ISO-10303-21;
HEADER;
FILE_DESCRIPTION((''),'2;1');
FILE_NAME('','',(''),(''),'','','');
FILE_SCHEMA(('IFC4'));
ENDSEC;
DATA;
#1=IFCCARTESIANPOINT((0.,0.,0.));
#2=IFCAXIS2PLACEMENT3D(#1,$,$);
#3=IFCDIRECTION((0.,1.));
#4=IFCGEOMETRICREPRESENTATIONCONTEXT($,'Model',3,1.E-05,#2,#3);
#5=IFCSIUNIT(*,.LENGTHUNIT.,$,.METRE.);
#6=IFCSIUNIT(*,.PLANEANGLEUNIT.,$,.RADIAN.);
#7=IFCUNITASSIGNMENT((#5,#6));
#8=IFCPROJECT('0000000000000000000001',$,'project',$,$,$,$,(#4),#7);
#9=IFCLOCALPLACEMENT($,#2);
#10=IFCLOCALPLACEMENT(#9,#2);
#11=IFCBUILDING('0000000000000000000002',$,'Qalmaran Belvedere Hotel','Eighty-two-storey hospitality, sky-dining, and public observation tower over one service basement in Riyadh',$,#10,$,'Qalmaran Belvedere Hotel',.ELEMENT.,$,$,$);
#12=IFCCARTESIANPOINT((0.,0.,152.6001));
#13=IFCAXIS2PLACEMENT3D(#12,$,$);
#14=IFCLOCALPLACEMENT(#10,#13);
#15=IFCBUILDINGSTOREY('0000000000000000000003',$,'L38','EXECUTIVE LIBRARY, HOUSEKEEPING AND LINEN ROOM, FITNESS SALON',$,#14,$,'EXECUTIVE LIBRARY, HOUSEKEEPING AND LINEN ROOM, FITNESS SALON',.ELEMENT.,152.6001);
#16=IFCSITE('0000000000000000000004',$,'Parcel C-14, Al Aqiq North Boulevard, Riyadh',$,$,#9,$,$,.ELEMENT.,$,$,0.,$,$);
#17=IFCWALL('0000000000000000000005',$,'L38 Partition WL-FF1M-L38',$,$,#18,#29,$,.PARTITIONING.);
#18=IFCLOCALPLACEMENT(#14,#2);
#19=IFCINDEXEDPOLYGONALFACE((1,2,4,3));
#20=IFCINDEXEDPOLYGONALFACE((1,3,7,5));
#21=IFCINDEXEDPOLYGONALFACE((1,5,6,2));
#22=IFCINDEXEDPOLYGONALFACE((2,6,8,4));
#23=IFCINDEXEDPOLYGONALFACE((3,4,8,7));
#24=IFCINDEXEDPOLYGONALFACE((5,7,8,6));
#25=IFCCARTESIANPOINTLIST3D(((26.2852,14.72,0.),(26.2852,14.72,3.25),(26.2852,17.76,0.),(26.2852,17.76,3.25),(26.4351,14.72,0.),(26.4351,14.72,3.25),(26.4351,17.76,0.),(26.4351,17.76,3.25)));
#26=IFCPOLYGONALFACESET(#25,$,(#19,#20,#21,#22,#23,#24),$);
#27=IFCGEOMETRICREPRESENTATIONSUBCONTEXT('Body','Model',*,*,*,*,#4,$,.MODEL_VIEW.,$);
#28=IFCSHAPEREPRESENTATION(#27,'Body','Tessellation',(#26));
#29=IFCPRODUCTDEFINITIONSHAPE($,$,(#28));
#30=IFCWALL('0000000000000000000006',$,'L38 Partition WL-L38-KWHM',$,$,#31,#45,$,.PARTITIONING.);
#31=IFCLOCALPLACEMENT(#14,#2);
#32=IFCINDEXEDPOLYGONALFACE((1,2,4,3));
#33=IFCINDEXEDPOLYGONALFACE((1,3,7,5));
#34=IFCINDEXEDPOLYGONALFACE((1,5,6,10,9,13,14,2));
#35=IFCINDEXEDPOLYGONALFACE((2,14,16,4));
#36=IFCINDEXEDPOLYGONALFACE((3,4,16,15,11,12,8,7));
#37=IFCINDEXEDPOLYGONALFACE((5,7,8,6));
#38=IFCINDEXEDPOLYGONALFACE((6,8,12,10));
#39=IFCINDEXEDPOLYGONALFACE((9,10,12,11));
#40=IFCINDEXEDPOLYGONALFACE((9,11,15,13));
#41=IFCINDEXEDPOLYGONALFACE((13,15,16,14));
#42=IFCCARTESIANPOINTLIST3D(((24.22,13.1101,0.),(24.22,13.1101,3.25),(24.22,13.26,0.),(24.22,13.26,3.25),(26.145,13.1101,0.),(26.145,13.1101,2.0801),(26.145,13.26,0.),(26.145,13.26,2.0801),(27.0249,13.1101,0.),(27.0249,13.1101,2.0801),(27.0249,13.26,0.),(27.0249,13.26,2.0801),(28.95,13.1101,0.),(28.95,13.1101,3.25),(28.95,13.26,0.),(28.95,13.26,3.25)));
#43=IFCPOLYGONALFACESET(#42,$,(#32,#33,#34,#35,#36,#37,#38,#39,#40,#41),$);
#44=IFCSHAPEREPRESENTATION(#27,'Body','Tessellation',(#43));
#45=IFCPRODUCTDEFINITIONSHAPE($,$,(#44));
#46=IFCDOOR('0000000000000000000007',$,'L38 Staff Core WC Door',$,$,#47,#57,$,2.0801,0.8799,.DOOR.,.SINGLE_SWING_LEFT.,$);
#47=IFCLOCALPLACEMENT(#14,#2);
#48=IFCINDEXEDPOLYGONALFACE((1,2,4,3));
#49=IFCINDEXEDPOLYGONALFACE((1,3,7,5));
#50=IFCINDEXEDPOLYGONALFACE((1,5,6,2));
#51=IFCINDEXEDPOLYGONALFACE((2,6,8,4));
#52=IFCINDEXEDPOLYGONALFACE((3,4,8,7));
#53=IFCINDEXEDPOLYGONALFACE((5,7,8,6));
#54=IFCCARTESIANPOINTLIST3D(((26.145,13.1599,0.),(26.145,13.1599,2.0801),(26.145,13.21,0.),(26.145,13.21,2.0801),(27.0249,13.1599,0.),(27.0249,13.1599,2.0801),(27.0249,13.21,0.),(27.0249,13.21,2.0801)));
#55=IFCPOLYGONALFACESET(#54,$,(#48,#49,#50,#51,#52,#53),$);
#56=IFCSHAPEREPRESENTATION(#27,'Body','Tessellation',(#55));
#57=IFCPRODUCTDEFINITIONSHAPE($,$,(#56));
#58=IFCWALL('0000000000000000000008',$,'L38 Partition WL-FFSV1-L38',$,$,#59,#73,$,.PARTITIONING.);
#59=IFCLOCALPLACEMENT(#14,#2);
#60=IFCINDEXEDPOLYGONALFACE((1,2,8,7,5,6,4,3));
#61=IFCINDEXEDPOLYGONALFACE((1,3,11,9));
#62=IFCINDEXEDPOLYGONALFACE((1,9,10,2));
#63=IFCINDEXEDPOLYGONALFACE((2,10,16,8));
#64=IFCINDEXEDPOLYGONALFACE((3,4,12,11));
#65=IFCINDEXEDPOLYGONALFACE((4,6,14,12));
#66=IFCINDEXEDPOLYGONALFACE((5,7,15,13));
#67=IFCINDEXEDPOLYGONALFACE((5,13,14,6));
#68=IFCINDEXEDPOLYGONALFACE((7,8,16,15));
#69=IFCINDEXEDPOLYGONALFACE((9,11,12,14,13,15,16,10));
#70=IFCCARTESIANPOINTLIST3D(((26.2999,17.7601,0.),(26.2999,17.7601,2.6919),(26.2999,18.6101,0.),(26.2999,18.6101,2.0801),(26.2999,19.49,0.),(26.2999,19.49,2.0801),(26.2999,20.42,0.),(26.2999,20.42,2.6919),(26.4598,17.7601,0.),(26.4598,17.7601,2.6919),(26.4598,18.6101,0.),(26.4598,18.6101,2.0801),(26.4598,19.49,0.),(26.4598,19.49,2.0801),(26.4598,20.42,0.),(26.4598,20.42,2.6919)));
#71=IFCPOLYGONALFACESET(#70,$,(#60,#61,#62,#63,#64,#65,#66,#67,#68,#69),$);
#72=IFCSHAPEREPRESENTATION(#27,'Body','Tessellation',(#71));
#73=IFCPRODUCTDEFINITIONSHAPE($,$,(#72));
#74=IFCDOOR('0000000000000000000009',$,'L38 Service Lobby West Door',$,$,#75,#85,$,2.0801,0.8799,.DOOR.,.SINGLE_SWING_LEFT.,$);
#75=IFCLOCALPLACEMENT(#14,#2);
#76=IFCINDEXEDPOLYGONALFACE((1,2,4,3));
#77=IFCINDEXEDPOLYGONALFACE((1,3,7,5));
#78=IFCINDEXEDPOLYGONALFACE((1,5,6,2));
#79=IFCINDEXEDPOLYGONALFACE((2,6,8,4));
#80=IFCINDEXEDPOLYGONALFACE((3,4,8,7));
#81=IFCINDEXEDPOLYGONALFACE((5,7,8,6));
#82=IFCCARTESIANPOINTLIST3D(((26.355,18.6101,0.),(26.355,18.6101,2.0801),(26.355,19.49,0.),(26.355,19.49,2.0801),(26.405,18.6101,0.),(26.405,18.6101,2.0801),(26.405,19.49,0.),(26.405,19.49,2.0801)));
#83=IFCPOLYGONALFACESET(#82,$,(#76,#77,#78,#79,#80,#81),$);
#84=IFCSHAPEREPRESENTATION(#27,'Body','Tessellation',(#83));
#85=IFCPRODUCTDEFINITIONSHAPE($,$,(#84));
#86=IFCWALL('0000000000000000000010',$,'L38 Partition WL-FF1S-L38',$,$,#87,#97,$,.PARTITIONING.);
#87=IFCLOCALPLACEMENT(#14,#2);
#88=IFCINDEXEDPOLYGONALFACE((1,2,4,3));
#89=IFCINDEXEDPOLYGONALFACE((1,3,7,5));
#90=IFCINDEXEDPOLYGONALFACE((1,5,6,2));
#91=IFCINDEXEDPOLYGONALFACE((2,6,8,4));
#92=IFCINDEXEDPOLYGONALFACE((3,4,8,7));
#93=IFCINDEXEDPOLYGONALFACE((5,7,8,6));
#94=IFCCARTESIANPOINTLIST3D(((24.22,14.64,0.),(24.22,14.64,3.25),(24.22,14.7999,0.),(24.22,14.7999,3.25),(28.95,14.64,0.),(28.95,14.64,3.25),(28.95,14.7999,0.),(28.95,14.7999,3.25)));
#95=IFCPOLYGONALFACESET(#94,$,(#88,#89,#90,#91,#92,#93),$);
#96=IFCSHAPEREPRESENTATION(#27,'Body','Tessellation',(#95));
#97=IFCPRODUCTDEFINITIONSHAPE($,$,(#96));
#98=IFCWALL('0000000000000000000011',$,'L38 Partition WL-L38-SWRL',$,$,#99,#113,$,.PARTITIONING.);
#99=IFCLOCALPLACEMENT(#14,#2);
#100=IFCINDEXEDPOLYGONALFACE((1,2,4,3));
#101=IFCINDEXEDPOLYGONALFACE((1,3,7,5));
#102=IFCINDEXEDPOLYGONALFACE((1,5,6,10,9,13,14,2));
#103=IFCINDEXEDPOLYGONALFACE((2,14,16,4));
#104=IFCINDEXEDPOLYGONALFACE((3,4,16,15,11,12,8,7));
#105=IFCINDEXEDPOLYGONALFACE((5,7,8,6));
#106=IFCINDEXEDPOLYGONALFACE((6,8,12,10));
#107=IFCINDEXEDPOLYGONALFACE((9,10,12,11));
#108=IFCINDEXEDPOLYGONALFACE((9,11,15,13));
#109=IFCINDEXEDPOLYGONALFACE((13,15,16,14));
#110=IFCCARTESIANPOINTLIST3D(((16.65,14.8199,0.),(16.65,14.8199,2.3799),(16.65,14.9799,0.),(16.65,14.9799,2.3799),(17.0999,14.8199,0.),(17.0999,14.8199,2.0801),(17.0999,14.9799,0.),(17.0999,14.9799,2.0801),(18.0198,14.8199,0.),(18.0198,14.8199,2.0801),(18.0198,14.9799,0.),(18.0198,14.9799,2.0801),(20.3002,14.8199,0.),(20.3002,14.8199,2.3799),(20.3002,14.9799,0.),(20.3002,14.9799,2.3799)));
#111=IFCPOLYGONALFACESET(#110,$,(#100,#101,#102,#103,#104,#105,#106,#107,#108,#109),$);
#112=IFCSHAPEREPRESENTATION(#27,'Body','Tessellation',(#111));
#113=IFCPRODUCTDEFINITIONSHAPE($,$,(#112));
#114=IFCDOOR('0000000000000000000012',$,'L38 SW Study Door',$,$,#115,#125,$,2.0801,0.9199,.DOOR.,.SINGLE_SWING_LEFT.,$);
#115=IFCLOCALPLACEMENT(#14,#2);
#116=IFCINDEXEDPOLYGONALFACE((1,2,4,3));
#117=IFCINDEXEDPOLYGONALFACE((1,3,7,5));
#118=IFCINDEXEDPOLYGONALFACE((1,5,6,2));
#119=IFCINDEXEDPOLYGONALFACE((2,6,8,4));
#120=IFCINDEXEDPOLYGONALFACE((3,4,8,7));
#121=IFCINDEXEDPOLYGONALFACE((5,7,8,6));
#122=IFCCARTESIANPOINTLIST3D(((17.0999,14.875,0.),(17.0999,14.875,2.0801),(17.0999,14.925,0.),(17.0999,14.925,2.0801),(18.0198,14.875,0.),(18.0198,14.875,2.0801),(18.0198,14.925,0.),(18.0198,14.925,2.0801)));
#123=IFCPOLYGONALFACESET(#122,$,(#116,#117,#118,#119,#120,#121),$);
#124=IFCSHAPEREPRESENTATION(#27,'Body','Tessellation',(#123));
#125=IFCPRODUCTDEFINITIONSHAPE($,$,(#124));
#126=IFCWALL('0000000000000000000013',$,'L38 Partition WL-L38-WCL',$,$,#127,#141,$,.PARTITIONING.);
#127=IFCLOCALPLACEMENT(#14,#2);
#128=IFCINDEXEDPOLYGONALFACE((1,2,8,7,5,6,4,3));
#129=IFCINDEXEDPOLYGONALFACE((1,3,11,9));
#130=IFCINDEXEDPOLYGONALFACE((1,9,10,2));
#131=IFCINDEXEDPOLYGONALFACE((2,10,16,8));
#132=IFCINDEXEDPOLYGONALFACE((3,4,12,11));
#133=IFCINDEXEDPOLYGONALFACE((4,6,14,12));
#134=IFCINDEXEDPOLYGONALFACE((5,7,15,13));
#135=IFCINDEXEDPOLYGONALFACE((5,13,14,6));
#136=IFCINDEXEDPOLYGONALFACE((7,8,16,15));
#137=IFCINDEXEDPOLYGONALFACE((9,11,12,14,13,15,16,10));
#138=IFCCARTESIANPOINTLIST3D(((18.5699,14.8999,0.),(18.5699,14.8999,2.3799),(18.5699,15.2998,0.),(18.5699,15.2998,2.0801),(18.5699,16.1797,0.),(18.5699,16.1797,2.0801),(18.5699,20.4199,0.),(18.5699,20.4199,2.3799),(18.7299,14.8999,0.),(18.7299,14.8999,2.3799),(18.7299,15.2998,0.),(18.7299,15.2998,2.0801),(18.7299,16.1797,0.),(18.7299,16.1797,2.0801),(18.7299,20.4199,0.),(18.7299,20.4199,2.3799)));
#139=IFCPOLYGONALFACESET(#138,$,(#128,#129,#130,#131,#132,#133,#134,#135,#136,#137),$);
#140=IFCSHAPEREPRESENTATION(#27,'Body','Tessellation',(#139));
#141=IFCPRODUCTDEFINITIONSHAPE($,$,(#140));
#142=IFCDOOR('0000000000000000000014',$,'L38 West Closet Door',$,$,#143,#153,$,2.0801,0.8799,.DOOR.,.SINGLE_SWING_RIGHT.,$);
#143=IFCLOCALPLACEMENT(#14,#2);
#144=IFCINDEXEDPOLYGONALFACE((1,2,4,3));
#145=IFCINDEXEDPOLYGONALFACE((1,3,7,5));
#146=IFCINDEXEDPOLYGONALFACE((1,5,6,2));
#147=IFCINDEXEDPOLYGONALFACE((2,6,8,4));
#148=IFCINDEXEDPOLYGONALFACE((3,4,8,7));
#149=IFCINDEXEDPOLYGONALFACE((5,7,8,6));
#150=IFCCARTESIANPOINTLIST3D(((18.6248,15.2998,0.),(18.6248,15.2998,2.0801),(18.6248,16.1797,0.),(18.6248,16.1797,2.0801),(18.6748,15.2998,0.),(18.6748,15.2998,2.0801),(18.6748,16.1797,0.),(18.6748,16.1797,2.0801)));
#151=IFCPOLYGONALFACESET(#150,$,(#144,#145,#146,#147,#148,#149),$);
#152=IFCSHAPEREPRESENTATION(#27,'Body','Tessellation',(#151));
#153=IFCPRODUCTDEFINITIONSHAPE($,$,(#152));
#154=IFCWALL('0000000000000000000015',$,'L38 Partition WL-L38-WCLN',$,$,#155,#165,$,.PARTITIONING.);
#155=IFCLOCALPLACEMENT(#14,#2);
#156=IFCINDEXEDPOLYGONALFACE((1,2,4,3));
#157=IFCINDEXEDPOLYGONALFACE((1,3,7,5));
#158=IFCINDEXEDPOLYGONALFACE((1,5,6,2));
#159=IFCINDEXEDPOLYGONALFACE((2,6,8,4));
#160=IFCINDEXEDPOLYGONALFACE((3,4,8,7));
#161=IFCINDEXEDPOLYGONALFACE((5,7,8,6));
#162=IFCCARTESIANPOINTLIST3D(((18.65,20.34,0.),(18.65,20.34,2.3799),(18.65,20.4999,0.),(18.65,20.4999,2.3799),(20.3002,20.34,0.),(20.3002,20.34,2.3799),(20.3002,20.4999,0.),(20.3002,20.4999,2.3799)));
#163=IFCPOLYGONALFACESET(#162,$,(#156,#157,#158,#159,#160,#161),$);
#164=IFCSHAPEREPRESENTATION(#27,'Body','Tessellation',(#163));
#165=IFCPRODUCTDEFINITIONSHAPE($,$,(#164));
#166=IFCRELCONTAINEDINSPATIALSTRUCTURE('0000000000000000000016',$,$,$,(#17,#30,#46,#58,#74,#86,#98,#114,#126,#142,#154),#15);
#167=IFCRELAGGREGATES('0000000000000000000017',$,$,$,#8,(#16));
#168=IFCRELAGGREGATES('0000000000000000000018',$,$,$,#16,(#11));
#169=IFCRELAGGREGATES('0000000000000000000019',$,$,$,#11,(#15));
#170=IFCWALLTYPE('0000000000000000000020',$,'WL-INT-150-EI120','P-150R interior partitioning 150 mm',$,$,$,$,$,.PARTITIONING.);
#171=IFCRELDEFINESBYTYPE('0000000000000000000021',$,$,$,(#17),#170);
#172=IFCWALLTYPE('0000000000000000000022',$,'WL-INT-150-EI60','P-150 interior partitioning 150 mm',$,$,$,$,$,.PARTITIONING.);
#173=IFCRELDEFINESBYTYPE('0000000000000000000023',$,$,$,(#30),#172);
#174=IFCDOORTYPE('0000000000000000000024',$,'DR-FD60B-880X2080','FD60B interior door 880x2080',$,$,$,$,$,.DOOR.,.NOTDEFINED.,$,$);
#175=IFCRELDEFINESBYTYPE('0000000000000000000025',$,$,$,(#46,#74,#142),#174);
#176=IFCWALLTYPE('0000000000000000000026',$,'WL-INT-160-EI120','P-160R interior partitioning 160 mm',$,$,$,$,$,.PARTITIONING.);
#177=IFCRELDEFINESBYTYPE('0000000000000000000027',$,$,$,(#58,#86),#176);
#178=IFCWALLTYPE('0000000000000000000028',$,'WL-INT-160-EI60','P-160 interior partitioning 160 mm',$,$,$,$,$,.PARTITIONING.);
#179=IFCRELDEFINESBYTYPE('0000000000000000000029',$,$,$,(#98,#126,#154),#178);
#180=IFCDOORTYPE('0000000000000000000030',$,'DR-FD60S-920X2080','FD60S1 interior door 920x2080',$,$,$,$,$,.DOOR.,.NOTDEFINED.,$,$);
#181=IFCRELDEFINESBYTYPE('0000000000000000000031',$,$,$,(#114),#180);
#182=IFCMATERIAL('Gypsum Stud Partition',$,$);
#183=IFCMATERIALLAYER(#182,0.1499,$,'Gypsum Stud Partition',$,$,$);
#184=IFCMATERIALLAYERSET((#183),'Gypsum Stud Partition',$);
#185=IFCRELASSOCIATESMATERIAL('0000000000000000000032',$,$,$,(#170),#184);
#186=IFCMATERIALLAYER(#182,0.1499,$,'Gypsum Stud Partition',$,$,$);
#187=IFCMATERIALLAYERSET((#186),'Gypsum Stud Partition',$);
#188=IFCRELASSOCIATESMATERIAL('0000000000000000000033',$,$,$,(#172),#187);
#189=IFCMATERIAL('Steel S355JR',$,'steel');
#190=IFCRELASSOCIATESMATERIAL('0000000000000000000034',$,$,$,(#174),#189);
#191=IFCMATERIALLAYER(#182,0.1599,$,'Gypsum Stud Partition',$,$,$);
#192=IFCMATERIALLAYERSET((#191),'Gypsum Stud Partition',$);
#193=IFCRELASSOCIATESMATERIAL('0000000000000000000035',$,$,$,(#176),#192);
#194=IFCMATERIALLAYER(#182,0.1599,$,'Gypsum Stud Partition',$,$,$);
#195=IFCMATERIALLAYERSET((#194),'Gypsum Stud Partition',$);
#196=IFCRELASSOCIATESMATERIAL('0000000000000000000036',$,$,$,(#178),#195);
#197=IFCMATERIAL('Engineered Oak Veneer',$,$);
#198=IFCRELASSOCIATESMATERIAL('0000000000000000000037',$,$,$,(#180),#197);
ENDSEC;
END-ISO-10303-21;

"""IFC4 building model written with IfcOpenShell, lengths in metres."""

from ifc_helpers import new_model, si_unit, direction, frame, frame_2d, origin, place, context, subcontext, project, spatial, rectangle, extrude, material, layer, layer_set, type_object, element, fill, save


model = new_model("IFC4")

# Units and contexts
model_context = context("Model", 3, precision=1e-05, world=origin(), true_north=direction((0.0, 1.0)))
body_context = subcontext(model_context, "Body", "Model", "MODEL_VIEW")
ifc_project = project(units=[si_unit("LENGTHUNIT", "METRE"), si_unit("PLANEANGLEUNIT", "RADIAN")], contexts=[model_context])

# Site, building, storey
site_placement = place(None, origin())
site = spatial("IfcSite", under=ifc_project, at=site_placement, Name="Parcel C-14, Al Aqiq North Boulevard, Riyadh", CompositionType="ELEMENT", RefElevation=0.0)
building_placement = place(site_placement, origin())
building = spatial("IfcBuilding", under=site, at=building_placement, Name="Qalmaran Belvedere Hotel", Description="Eighty-two-storey hospitality, sky-dining, and public observation tower over one service basement in Riyadh", LongName="Qalmaran Belvedere Hotel", CompositionType="ELEMENT")
storey_placement = place(building_placement, frame((0.0, 0.0, 152.6001)))
storey = spatial("IfcBuildingStorey", under=building, at=storey_placement, Name="L38", Description="EXECUTIVE LIBRARY, HOUSEKEEPING AND LINEN ROOM, FITNESS SALON", LongName="EXECUTIVE LIBRARY, HOUSEKEEPING AND LINEN ROOM, FITNESS SALON", CompositionType="ELEMENT", Elevation=152.6001)

# Wall
ifc_material_1 = material(Name="Gypsum Stud Partition")
ifc_layer_1 = layer(ifc_material_1, 0.1499, Name="Gypsum Stud Partition")
ifc_layer_set_1 = layer_set([ifc_layer_1], Name="Gypsum Stud Partition")
wall_type_1 = type_object("IfcWallType", Name="WL-INT-150-EI120", Description="P-150R interior partitioning 150 mm", PredefinedType="PARTITIONING", material=ifc_layer_set_1)
wall_1_placement = place(storey_placement, frame((26.3601, 14.72, 0.0), z_axis=(0.0, 0.0, 1.0), x_axis=(0.0, 1.0, 0.0)))
element("IfcWall", 1, at=wall_1_placement, inside=storey, type_object=wall_type_1, Name="L38 Partition WL-FF1M-L38", PredefinedType="PARTITIONING", context=body_context, shape_type="SweptSolid", body=[
    extrude(rectangle(XDim=3.04, YDim=0.1499, at=frame_2d((1.52, 0.0))), origin(), (0.0, 0.0, 1.0), 3.25),
])

# Walls, openings, doors
ifc_layer_2 = layer(ifc_material_1, 0.1499, Name="Gypsum Stud Partition")
ifc_layer_set_2 = layer_set([ifc_layer_2], Name="Gypsum Stud Partition")
wall_type_2 = type_object("IfcWallType", Name="WL-INT-150-EI60", Description="P-150 interior partitioning 150 mm", PredefinedType="PARTITIONING", material=ifc_layer_set_2)
wall_2_placement = place(storey_placement, frame((24.22, 13.1851, 0.0), z_axis=(0.0, 0.0, 1.0), x_axis=(1.0, 0.0, 0.0)))
wall_2 = element("IfcWall", 2, at=wall_2_placement, inside=storey, type_object=wall_type_2, Name="L38 Partition WL-L38-KWHM", PredefinedType="PARTITIONING", context=body_context, shape_type="SweptSolid", body=[
    extrude(rectangle(XDim=4.73, YDim=0.1499, at=frame_2d((2.365, 0.0))), origin(), (0.0, 0.0, 1.0), 3.25),
])
opening_1_placement = place(wall_2_placement, frame((1.925, 0.0, 0.0)))
opening_1 = element("IfcOpeningElement", 3, at=opening_1_placement, cuts=wall_2, PredefinedType="OPENING", context=body_context, shape_type="SweptSolid", body=[
    extrude(rectangle(XDim=0.8799, YDim=2.0801, at=frame_2d((0.4399, 1.04))), frame((0.0, 0.085, 0.0), z_axis=(0.0, -1.0, 0.0), x_axis=(1.0, 0.0, 0.0)), (0.0, 0.0, 1.0), 0.1699),
])
ifc_material_2 = material(Name="Steel S355JR", Category="steel")
door_type_1 = type_object("IfcDoorType", Name="DR-FD60B-880X2080", Description="FD60B interior door 880x2080", OperationType="NOTDEFINED", PredefinedType="DOOR", material=ifc_material_2)
door_1_placement = place(opening_1_placement, origin())
door_1 = element("IfcDoor", 4, at=door_1_placement, inside=storey, type_object=door_type_1, Name="L38 Staff Core WC Door", OperationType="SINGLE_SWING_LEFT", OverallHeight=2.0801, OverallWidth=0.8799, PredefinedType="DOOR", context=body_context, shape_type="SweptSolid", body=[
    extrude(rectangle(XDim=0.8799, YDim=2.0801, at=frame_2d((0.4399, 1.04))), frame((0.0, 0.0249, 0.0), z_axis=(0.0, -1.0, 0.0), x_axis=(1.0, 0.0, 0.0)), (0.0, 0.0, 1.0), 0.05),
])
fill(opening_1, door_1)
ifc_layer_3 = layer(ifc_material_1, 0.1599, Name="Gypsum Stud Partition")
ifc_layer_set_3 = layer_set([ifc_layer_3], Name="Gypsum Stud Partition")
wall_type_3 = type_object("IfcWallType", Name="WL-INT-160-EI120", Description="P-160R interior partitioning 160 mm", PredefinedType="PARTITIONING", material=ifc_layer_set_3)
wall_3_placement = place(storey_placement, frame((26.3799, 17.76, 0.0), z_axis=(0.0, 0.0, 1.0), x_axis=(0.0, 1.0, 0.0)))
wall_3 = element("IfcWall", 5, at=wall_3_placement, inside=storey, type_object=wall_type_3, Name="L38 Partition WL-FFSV1-L38", PredefinedType="PARTITIONING", context=body_context, shape_type="SweptSolid", body=[
    extrude(rectangle(XDim=2.6599, YDim=0.1599, at=frame_2d((1.3301, 0.0))), origin(), (0.0, 0.0, 1.0), 2.6919),
])
opening_2_placement = place(wall_3_placement, frame((0.8501, 0.0, 0.0)))
opening_2 = element("IfcOpeningElement", 6, at=opening_2_placement, cuts=wall_3, PredefinedType="OPENING", context=body_context, shape_type="SweptSolid", body=[
    extrude(rectangle(XDim=0.8799, YDim=2.0801, at=frame_2d((0.4399, 1.04))), frame((0.0, 0.0898, 0.0), z_axis=(0.0, -1.0, 0.0), x_axis=(1.0, 0.0, 0.0)), (0.0, 0.0, 1.0), 0.1799),
])
door_2_placement = place(opening_2_placement, origin())
door_2 = element("IfcDoor", 7, at=door_2_placement, inside=storey, type_object=door_type_1, Name="L38 Service Lobby West Door", OperationType="SINGLE_SWING_LEFT", OverallHeight=2.0801, OverallWidth=0.8799, PredefinedType="DOOR", context=body_context, shape_type="SweptSolid", body=[
    extrude(rectangle(XDim=0.8799, YDim=2.0801, at=frame_2d((0.4399, 1.04))), frame((0.0, 0.0249, 0.0), z_axis=(0.0, -1.0, 0.0), x_axis=(1.0, 0.0, 0.0)), (0.0, 0.0, 1.0), 0.05),
])
fill(opening_2, door_2)

# Wall
wall_4_placement = place(storey_placement, frame((24.22, 14.72, 0.0), z_axis=(0.0, 0.0, 1.0), x_axis=(1.0, 0.0, 0.0)))
element("IfcWall", 8, at=wall_4_placement, inside=storey, type_object=wall_type_3, Name="L38 Partition WL-FF1S-L38", PredefinedType="PARTITIONING", context=body_context, shape_type="SweptSolid", body=[
    extrude(rectangle(XDim=4.73, YDim=0.1599, at=frame_2d((2.365, 0.0))), origin(), (0.0, 0.0, 1.0), 3.25),
])

# Walls, openings, doors
ifc_layer_4 = layer(ifc_material_1, 0.1599, Name="Gypsum Stud Partition")
ifc_layer_set_4 = layer_set([ifc_layer_4], Name="Gypsum Stud Partition")
wall_type_4 = type_object("IfcWallType", Name="WL-INT-160-EI60", Description="P-160 interior partitioning 160 mm", PredefinedType="PARTITIONING", material=ifc_layer_set_4)
wall_5_placement = place(storey_placement, frame((16.6499, 14.8999, 0.0), z_axis=(0.0, 0.0, 1.0), x_axis=(1.0, 0.0, 0.0)))
wall_5 = element("IfcWall", 9, at=wall_5_placement, inside=storey, type_object=wall_type_4, Name="L38 Partition WL-L38-SWRL", PredefinedType="PARTITIONING", context=body_context, shape_type="SweptSolid", body=[
    extrude(rectangle(XDim=3.6501, YDim=0.1599, at=frame_2d((1.8252, 0.0))), origin(), (0.0, 0.0, 1.0), 2.3799),
])
opening_3_placement = place(wall_5_placement, frame((1.3699, 0.0, 0.0), z_axis=(0.0, 0.0, 1.0), x_axis=(-1.0, 0.0, 0.0)))
opening_3 = element("IfcOpeningElement", 10, at=opening_3_placement, cuts=wall_5, PredefinedType="OPENING", context=body_context, shape_type="SweptSolid", body=[
    extrude(rectangle(XDim=0.9199, YDim=2.0801, at=frame_2d((0.46, 1.04))), frame((0.0, 0.0898, 0.0), z_axis=(0.0, -1.0, 0.0), x_axis=(1.0, 0.0, 0.0)), (0.0, 0.0, 1.0), 0.1799),
])
ifc_material_3 = material(Name="Engineered Oak Veneer")
door_type_2 = type_object("IfcDoorType", Name="DR-FD60S-920X2080", Description="FD60S1 interior door 920x2080", OperationType="NOTDEFINED", PredefinedType="DOOR", material=ifc_material_3)
door_3_placement = place(opening_3_placement, origin())
door_3 = element("IfcDoor", 11, at=door_3_placement, inside=storey, type_object=door_type_2, Name="L38 SW Study Door", OperationType="SINGLE_SWING_LEFT", OverallHeight=2.0801, OverallWidth=0.9199, PredefinedType="DOOR", context=body_context, shape_type="SweptSolid", body=[
    extrude(rectangle(XDim=0.9199, YDim=2.0801, at=frame_2d((0.46, 1.04))), frame((0.0, 0.0249, 0.0), z_axis=(0.0, -1.0, 0.0), x_axis=(1.0, 0.0, 0.0)), (0.0, 0.0, 1.0), 0.05),
])
fill(opening_3, door_3)
wall_6_placement = place(storey_placement, frame((18.6499, 14.8999, 0.0), z_axis=(0.0, 0.0, 1.0), x_axis=(0.0, 1.0, 0.0)))
wall_6 = element("IfcWall", 12, at=wall_6_placement, inside=storey, type_object=wall_type_4, Name="L38 Partition WL-L38-WCL", PredefinedType="PARTITIONING", context=body_context, shape_type="SweptSolid", body=[
    extrude(rectangle(XDim=5.52, YDim=0.1599, at=frame_2d((2.76, 0.0))), origin(), (0.0, 0.0, 1.0), 2.3799),
])
opening_4_placement = place(wall_6_placement, frame((1.2798, 0.0, 0.0), z_axis=(0.0, 0.0, 1.0), x_axis=(-1.0, 0.0, 0.0)))
opening_4 = element("IfcOpeningElement", 13, at=opening_4_placement, cuts=wall_6, PredefinedType="OPENING", context=body_context, shape_type="SweptSolid", body=[
    extrude(rectangle(XDim=0.8799, YDim=2.0801, at=frame_2d((0.4399, 1.04))), frame((0.0, 0.0898, 0.0), z_axis=(0.0, -1.0, 0.0), x_axis=(1.0, 0.0, 0.0)), (0.0, 0.0, 1.0), 0.1799),
])
door_4_placement = place(opening_4_placement, origin())
door_4 = element("IfcDoor", 14, at=door_4_placement, inside=storey, type_object=door_type_1, Name="L38 West Closet Door", OperationType="SINGLE_SWING_RIGHT", OverallHeight=2.0801, OverallWidth=0.8799, PredefinedType="DOOR", context=body_context, shape_type="SweptSolid", body=[
    extrude(rectangle(XDim=0.8799, YDim=2.0801, at=frame_2d((0.4399, 1.04))), frame((0.0, 0.0249, 0.0), z_axis=(0.0, -1.0, 0.0), x_axis=(1.0, 0.0, 0.0)), (0.0, 0.0, 1.0), 0.05),
])
fill(opening_4, door_4)

# Wall
wall_7_placement = place(storey_placement, frame((18.6499, 20.4199, 0.0), z_axis=(0.0, 0.0, 1.0), x_axis=(1.0, 0.0, 0.0)))
element("IfcWall", 15, at=wall_7_placement, inside=storey, type_object=wall_type_4, Name="L38 Partition WL-L38-WCLN", PredefinedType="PARTITIONING", context=body_context, shape_type="SweptSolid", body=[
    extrude(rectangle(XDim=1.6501, YDim=0.1599, at=frame_2d((0.8252, 0.0))), origin(), (0.0, 0.0, 1.0), 2.3799),
])

save(model, "model.ifc")
